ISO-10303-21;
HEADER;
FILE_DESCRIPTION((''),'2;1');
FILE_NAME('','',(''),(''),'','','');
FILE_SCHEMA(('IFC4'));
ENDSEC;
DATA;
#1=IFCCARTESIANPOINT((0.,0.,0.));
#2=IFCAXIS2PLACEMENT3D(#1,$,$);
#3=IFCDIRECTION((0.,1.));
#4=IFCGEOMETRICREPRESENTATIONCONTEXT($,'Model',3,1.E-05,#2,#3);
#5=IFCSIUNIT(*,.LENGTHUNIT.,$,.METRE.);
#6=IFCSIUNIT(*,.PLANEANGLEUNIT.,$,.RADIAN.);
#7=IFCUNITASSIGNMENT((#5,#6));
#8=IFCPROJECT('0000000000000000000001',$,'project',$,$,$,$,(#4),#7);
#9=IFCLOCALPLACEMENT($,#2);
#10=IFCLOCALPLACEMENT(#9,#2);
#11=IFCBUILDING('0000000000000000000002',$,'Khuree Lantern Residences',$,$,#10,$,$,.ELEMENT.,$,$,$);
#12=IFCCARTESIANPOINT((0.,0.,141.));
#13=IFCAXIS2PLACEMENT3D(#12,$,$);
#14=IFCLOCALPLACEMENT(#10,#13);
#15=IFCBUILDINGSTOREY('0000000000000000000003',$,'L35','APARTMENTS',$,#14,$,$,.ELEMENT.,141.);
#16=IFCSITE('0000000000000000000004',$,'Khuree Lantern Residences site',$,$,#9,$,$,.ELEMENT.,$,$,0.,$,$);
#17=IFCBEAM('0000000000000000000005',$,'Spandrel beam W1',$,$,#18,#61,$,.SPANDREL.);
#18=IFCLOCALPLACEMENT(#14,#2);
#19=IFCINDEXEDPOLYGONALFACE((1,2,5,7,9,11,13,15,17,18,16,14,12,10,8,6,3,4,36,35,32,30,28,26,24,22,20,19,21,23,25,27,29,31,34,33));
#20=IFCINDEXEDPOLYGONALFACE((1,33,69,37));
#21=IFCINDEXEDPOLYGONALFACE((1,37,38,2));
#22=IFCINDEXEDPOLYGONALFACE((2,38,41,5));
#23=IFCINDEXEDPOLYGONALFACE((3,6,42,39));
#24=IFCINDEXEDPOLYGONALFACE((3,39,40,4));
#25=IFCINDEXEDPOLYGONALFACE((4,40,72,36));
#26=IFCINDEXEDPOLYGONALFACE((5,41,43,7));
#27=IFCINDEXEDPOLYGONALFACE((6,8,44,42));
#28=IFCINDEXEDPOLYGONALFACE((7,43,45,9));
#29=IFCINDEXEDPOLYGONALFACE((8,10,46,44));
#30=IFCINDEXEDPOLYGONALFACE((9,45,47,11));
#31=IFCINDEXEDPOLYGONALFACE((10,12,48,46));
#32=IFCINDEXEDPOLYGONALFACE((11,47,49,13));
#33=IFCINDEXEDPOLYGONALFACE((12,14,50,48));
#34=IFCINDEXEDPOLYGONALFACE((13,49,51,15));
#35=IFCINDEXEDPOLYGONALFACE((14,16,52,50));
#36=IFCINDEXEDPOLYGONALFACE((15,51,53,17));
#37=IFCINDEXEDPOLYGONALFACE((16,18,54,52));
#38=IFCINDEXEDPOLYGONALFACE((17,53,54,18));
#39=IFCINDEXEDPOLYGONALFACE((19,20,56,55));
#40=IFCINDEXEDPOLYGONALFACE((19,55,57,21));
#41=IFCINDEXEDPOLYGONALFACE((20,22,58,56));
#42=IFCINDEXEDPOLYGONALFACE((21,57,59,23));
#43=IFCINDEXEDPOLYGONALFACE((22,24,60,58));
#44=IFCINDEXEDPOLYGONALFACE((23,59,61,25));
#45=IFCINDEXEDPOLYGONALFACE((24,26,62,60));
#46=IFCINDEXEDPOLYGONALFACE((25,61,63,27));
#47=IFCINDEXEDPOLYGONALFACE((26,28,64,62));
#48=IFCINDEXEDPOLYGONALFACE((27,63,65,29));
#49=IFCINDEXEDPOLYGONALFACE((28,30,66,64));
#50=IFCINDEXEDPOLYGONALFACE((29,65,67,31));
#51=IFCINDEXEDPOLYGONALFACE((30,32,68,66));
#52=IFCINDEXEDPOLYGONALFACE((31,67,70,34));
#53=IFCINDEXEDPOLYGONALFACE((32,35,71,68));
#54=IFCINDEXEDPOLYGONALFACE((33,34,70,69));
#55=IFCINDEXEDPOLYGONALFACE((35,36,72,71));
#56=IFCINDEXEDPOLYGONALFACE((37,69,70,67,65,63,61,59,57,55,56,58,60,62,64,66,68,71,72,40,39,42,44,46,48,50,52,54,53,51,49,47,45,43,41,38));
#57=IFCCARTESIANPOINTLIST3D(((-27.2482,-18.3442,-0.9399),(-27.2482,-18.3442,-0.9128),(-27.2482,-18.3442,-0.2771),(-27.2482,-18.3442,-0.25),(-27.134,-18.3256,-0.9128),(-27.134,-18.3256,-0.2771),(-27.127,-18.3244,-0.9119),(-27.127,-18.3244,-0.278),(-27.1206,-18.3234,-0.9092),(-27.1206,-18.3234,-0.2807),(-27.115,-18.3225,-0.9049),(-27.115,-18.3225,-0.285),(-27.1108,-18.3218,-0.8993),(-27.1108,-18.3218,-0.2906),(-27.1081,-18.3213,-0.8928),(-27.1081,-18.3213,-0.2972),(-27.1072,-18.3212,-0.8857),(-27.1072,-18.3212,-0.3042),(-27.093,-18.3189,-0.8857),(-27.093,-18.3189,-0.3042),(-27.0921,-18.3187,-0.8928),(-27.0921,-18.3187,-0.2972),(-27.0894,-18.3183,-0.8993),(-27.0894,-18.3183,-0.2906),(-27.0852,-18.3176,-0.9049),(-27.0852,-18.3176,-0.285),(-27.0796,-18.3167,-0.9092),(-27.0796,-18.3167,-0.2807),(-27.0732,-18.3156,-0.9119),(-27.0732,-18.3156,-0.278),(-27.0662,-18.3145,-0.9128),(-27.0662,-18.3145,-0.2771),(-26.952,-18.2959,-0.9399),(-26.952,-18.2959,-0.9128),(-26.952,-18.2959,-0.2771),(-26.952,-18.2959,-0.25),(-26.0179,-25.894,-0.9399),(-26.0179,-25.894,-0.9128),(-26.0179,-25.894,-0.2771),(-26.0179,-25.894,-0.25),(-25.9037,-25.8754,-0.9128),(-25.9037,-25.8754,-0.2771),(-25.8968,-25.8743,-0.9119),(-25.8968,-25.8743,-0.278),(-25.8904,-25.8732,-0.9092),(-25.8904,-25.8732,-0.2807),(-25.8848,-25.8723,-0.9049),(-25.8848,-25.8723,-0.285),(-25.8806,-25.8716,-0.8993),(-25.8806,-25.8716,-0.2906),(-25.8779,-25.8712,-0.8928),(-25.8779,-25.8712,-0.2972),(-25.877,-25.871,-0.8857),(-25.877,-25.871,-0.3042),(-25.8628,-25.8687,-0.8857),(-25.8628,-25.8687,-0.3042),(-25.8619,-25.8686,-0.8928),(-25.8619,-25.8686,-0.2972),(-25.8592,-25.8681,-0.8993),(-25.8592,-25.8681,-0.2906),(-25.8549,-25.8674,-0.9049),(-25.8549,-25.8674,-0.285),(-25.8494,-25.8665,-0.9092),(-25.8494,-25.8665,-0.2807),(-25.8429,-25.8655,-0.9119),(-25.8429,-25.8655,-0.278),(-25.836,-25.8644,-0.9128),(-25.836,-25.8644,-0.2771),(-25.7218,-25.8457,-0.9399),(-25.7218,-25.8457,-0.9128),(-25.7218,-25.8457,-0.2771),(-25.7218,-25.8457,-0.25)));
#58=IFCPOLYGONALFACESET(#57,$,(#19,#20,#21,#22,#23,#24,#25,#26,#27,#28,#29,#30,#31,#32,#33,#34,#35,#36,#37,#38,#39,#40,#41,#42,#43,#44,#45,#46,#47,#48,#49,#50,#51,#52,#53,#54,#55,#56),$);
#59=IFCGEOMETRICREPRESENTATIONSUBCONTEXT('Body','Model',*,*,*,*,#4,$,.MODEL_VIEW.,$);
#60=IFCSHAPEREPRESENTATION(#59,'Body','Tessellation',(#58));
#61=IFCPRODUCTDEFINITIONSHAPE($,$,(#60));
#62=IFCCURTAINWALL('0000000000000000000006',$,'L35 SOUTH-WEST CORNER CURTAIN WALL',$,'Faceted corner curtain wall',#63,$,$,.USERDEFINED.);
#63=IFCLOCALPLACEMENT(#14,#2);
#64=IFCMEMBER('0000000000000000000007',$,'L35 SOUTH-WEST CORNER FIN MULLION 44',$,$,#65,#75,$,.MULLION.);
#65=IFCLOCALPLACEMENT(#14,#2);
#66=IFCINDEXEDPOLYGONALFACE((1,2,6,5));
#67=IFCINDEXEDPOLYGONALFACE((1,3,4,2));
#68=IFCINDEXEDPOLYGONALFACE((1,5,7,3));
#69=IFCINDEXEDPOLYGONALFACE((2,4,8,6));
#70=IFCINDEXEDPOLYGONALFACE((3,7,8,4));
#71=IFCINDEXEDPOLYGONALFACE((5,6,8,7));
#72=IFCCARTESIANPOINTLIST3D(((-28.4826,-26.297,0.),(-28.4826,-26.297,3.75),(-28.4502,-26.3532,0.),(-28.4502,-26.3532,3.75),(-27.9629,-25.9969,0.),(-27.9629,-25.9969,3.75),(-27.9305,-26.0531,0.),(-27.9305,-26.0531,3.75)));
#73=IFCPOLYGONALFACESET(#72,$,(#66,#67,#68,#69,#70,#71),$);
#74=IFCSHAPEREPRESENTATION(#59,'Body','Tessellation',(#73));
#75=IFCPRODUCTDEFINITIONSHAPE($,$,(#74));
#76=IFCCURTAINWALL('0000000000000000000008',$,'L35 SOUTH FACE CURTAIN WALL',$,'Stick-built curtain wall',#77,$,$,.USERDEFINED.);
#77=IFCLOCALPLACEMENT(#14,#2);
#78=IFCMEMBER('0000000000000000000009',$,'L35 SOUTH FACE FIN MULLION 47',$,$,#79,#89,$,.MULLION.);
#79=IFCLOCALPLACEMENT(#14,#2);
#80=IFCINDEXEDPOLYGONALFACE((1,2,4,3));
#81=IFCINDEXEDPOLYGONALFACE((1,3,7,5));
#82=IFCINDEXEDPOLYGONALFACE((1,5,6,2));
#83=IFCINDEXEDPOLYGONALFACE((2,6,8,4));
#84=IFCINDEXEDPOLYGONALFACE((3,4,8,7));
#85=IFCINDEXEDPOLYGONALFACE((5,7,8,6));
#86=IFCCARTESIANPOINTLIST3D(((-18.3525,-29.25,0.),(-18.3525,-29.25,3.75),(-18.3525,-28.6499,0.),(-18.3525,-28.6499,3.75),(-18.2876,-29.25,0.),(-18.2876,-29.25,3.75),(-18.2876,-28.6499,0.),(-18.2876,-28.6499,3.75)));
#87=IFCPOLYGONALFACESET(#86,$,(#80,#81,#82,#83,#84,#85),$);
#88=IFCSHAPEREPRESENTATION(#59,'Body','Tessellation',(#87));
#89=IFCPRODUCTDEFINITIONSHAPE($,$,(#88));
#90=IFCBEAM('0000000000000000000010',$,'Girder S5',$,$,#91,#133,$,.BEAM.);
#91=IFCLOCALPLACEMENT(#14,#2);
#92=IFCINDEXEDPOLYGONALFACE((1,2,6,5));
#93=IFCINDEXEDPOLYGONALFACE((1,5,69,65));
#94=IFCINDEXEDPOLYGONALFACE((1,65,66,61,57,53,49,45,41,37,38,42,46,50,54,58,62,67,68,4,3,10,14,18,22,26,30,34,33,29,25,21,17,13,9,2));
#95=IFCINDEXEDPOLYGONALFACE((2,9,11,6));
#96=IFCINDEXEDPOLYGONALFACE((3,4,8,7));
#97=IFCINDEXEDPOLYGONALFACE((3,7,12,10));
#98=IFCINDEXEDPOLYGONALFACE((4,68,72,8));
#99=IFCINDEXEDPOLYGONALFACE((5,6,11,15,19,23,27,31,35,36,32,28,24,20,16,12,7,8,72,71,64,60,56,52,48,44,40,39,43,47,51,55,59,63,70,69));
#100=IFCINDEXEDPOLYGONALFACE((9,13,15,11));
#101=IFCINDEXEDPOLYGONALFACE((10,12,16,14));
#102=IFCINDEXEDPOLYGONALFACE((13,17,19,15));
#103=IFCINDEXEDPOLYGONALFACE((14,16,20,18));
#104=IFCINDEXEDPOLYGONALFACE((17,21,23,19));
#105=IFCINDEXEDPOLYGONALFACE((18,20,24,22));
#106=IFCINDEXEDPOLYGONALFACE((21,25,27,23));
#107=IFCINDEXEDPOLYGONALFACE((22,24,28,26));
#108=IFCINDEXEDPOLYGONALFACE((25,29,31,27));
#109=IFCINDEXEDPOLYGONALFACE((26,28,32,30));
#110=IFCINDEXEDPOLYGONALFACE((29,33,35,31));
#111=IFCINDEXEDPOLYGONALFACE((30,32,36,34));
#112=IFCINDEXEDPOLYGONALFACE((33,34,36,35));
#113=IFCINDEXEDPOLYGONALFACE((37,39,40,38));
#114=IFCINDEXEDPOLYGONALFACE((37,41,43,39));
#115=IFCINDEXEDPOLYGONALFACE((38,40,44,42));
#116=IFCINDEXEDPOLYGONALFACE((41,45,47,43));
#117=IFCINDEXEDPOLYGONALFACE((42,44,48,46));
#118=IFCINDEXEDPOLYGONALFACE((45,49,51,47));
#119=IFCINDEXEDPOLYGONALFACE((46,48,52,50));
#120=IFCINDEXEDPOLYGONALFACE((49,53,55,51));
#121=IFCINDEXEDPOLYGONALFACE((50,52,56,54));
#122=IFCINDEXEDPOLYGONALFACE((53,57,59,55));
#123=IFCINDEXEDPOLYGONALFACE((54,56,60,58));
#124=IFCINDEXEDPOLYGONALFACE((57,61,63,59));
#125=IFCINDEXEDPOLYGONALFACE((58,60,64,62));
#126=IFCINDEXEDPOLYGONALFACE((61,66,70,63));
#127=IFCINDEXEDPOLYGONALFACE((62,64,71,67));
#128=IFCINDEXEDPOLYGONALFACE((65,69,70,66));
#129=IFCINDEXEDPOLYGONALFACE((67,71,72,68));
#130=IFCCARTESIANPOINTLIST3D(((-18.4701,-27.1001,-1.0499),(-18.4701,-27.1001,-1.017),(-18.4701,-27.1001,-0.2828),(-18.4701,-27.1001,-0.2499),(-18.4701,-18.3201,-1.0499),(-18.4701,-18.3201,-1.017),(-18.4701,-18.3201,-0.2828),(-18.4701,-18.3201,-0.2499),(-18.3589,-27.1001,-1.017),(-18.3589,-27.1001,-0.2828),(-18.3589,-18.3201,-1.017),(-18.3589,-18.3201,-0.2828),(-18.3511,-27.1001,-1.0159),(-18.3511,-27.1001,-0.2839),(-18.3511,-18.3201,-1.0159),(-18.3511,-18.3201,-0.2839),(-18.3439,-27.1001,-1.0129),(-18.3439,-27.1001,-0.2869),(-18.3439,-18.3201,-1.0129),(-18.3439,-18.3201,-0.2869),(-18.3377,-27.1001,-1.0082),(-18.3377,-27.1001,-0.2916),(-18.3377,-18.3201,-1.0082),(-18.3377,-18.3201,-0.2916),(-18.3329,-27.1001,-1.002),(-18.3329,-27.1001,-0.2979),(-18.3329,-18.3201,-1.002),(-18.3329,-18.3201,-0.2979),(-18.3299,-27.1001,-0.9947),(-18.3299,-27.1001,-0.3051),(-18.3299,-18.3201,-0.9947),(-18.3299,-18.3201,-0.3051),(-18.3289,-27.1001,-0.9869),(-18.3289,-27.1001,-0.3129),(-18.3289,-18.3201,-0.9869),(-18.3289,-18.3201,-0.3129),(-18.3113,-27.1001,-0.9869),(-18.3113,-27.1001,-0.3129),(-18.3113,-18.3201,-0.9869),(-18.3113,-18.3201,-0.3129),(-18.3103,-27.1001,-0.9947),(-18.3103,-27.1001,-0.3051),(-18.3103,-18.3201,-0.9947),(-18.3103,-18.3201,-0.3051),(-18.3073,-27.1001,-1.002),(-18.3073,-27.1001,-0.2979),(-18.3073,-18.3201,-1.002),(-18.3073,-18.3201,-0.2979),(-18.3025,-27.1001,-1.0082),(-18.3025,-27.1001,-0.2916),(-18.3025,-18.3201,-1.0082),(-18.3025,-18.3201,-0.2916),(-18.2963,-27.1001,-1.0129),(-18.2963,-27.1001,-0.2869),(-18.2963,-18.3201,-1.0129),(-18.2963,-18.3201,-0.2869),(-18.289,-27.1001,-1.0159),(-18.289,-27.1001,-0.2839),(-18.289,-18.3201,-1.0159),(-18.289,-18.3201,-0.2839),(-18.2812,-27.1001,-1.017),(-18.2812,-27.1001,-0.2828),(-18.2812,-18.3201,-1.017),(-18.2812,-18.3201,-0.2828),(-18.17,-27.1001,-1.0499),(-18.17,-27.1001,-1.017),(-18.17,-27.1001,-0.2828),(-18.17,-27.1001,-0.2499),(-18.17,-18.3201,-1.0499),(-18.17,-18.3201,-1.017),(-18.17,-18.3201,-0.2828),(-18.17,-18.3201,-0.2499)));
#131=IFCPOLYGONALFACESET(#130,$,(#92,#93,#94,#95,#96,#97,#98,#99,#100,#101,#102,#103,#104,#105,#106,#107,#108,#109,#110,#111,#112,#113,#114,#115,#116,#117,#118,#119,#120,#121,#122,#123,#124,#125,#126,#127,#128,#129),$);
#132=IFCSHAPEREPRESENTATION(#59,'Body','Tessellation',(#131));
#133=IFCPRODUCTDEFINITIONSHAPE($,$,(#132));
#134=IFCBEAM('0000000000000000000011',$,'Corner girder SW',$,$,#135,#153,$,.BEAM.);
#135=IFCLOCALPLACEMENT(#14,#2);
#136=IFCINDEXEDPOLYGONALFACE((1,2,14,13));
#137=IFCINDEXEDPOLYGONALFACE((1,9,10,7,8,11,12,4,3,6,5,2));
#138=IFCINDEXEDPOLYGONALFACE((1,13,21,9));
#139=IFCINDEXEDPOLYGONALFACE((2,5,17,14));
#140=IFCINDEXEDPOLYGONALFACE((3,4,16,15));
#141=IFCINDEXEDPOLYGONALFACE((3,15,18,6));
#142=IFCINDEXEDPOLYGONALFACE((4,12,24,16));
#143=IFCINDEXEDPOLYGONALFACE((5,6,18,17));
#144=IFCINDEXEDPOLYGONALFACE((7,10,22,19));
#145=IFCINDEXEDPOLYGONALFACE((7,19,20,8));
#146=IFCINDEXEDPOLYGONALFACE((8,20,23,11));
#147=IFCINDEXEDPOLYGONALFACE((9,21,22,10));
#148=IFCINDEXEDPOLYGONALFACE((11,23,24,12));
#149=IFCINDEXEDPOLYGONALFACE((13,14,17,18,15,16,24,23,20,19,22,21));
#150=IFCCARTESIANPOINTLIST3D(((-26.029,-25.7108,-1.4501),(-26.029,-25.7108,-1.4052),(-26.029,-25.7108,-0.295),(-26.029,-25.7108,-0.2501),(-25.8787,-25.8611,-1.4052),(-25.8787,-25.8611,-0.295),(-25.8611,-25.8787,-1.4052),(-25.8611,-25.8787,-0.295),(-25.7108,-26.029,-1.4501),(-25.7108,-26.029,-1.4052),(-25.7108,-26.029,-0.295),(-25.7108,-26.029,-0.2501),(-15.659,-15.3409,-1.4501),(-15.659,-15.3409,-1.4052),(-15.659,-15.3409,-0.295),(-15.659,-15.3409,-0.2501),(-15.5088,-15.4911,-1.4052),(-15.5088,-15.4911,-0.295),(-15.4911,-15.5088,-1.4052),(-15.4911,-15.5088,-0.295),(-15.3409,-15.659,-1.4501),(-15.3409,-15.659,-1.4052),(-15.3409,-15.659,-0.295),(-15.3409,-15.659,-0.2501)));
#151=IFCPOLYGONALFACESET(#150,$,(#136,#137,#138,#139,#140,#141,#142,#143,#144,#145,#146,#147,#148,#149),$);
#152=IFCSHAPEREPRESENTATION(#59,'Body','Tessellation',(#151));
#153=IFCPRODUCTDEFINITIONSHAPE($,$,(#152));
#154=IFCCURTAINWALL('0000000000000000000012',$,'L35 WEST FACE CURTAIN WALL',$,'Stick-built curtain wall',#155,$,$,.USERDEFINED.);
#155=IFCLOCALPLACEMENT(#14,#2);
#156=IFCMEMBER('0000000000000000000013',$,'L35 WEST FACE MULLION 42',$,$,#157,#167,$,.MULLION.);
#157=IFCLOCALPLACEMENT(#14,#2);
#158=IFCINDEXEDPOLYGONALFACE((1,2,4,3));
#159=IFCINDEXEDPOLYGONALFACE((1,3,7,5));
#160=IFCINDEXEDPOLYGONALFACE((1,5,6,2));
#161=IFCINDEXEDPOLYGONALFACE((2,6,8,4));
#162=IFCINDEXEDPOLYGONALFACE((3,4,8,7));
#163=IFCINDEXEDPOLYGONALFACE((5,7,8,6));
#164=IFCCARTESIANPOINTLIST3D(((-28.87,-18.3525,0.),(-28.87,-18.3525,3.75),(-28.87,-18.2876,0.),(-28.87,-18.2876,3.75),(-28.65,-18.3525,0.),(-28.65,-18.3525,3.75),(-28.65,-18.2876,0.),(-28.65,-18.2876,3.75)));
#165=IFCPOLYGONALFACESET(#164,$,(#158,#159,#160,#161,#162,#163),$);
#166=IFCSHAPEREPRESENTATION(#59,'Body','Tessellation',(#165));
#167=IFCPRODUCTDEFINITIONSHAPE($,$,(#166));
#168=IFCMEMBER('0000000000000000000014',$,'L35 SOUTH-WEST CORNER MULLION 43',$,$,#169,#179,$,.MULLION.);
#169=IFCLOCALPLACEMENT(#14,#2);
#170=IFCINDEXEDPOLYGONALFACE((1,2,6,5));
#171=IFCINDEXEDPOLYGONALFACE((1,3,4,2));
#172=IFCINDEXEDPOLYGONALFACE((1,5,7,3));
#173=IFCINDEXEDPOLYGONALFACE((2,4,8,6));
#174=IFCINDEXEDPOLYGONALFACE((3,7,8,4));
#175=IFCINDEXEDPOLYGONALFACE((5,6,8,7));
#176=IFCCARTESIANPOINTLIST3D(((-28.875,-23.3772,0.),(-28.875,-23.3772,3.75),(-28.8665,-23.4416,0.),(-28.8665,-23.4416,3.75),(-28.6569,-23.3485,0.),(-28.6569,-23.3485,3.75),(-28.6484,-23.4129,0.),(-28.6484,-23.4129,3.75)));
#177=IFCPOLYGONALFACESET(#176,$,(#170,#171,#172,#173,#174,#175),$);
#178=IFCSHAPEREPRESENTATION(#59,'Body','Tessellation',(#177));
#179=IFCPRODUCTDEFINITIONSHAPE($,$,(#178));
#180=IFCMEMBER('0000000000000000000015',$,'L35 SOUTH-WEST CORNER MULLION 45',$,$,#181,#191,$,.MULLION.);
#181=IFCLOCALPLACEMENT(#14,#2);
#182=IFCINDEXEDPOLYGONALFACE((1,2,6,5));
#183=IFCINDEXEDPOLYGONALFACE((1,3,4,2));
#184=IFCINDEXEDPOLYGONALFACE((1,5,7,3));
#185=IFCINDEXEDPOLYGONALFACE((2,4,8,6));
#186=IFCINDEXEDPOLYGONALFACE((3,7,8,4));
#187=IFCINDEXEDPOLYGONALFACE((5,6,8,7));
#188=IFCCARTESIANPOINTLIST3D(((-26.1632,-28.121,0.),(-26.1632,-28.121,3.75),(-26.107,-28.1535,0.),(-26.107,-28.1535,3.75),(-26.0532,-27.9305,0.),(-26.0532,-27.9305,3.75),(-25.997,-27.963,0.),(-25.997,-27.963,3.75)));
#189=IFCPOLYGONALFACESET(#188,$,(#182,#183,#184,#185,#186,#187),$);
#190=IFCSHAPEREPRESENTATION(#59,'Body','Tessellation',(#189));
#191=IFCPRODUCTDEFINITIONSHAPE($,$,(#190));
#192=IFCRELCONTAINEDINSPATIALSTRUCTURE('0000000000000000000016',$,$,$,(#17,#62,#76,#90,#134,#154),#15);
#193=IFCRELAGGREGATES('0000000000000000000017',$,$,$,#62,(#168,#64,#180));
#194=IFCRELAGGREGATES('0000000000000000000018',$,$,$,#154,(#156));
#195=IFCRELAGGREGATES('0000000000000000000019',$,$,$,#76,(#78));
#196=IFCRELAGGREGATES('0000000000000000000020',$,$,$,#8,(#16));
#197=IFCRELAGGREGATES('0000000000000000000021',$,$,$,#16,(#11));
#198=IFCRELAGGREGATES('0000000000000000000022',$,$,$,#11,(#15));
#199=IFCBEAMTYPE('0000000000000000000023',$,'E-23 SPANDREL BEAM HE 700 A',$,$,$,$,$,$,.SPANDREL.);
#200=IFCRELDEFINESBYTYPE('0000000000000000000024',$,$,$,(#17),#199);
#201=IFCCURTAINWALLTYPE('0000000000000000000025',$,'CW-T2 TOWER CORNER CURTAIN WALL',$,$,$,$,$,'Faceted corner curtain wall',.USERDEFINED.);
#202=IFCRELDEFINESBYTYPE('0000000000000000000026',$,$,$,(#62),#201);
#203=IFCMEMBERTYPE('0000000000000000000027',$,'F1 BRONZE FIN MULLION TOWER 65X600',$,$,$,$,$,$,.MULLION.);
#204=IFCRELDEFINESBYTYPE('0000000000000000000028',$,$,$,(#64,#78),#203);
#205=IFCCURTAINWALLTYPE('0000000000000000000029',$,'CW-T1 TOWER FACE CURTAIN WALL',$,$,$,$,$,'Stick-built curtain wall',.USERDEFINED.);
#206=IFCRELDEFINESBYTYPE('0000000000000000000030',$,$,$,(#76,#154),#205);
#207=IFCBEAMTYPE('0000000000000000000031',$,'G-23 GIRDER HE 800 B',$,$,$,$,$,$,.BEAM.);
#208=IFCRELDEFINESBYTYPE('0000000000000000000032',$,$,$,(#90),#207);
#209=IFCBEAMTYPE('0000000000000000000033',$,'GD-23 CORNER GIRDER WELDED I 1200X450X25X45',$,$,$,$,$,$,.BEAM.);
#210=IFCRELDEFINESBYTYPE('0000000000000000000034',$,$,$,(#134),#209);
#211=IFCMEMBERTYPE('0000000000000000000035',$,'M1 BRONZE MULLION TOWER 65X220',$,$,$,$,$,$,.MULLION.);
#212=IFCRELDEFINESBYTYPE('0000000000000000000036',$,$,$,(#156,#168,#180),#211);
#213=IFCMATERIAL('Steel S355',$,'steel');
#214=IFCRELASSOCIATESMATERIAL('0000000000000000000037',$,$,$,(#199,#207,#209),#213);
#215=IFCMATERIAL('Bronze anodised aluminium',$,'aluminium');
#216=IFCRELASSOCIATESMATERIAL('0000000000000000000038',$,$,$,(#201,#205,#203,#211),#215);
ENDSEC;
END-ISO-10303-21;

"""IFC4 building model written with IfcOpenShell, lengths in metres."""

from ifc_helpers import new_model, si_unit, direction, frame, origin, origin_2d, place, context, subcontext, project, spatial, rectangle, i_section, extrude, material, material_profile, profile_set, type_object, element, aggregate, save


model = new_model("IFC4")

# Units and contexts
model_context = context("Model", 3, precision=1e-05, world=origin(), true_north=direction((0.0, 1.0)))
body_context = subcontext(model_context, "Body", "Model", "MODEL_VIEW")
ifc_project = project(units=[si_unit("LENGTHUNIT", "METRE"), si_unit("PLANEANGLEUNIT", "RADIAN")], contexts=[model_context])

# Site, building, storey
site_placement = place(None, origin())
site = spatial("IfcSite", under=ifc_project, at=site_placement, Name="Khuree Lantern Residences site", CompositionType="ELEMENT", RefElevation=0.0)
building_placement = place(site_placement, origin())
building = spatial("IfcBuilding", under=site, at=building_placement, Name="Khuree Lantern Residences", CompositionType="ELEMENT")
storey_placement = place(building_placement, frame((0.0, 0.0, 141.0)))
storey = spatial("IfcBuildingStorey", under=building, at=storey_placement, Name="L35", Description="APARTMENTS", CompositionType="ELEMENT", Elevation=141.0)

# Beam
ifc_material_1 = material(Name="Steel S355", Category="steel")
ifc_material_profile_1 = material_profile(ifc_material_1, i_section(OverallWidth=0.3, OverallDepth=0.6899, WebThickness=0.0144, FlangeThickness=0.0271, FilletRadius=0.0271, at=origin_2d()), Name="HE 700 A")
ifc_profile_set_1 = profile_set([ifc_material_profile_1], Name="Steel S355")
beam_type_1 = type_object("IfcBeamType", Name="E-23 SPANDREL BEAM HE 700 A", PredefinedType="SPANDREL", material=ifc_profile_set_1)
for number, where, z_axis, x_axis, name in (
    (1, (-25.8699, -25.8699, -0.595), (-0.160827, 0.986983, 0.0), (-0.986983, -0.160827, 0.0), "Spandrel beam W1"),
):
    element("IfcBeam", number, at=place(storey_placement, frame(where, z_axis=z_axis, x_axis=x_axis)), inside=storey, type_object=beam_type_1, Name=name, PredefinedType="SPANDREL", context=body_context, shape_type="SweptSolid", body=[
        extrude(i_section(OverallWidth=0.3, OverallDepth=0.6899, WebThickness=0.0144, FlangeThickness=0.0271, FilletRadius=0.0271, at=origin_2d()), origin(), (0.0, 0.0, 1.0), 7.6494),
    ])

# Curtain walls, members
ifc_material_2 = material(Name="Bronze anodised aluminium", Category="aluminium")
curtain_wall_type_1 = type_object("IfcCurtainWallType", Name="CW-T2 TOWER CORNER CURTAIN WALL", ElementType="Faceted corner curtain wall", PredefinedType="USERDEFINED", material=ifc_material_2)
curtain_wall_1_placement = place(storey_placement, origin())
curtain_wall_1 = element("IfcCurtainWall", 2, at=curtain_wall_1_placement, inside=storey, type_object=curtain_wall_type_1, Name="L35 SOUTH-WEST CORNER CURTAIN WALL", ObjectType="Faceted corner curtain wall", PredefinedType="USERDEFINED")
ifc_material_profile_2 = material_profile(ifc_material_2, rectangle(XDim=0.0649, YDim=0.6001, at=origin_2d()), Name="F1 65X600")
ifc_profile_set_2 = profile_set([ifc_material_profile_2], Name="Bronze anodised aluminium")
member_type_1 = type_object("IfcMemberType", Name="F1 BRONZE FIN MULLION TOWER 65X600", PredefinedType="MULLION", material=ifc_profile_set_2)
member_1_placement = place(storey_placement, frame((-28.2065, -26.175, 0.0), z_axis=(0.0, 0.0, 1.0), x_axis=(0.5, -0.866025, 0.0)))
member_1 = element("IfcMember", 3, at=member_1_placement, type_object=member_type_1, Name="L35 SOUTH-WEST CORNER FIN MULLION 44", PredefinedType="MULLION", context=body_context, shape_type="SweptSolid", body=[
    extrude(rectangle(XDim=0.0649, YDim=0.6001, at=origin_2d()), origin(), (0.0, 0.0, 1.0), 3.75),
])
curtain_wall_type_2 = type_object("IfcCurtainWallType", Name="CW-T1 TOWER FACE CURTAIN WALL", ElementType="Stick-built curtain wall", PredefinedType="USERDEFINED", material=ifc_material_2)
curtain_wall_2_placement = place(storey_placement, origin())
curtain_wall_2 = element("IfcCurtainWall", 4, at=curtain_wall_2_placement, inside=storey, type_object=curtain_wall_type_2, Name="L35 SOUTH FACE CURTAIN WALL", ObjectType="Stick-built curtain wall", PredefinedType="USERDEFINED")
member_2_placement = place(storey_placement, frame((-18.3201, -28.95, 0.0), z_axis=(0.0, 0.0, 1.0), x_axis=(1.0, 0.0, 0.0)))
member_2 = element("IfcMember", 5, at=member_2_placement, type_object=member_type_1, Name="L35 SOUTH FACE FIN MULLION 47", PredefinedType="MULLION", context=body_context, shape_type="SweptSolid", body=[
    extrude(rectangle(XDim=0.0649, YDim=0.6001, at=origin_2d()), origin(), (0.0, 0.0, 1.0), 3.75),
])

# Beams
ifc_material_profile_3 = material_profile(ifc_material_1, i_section(OverallWidth=0.3, OverallDepth=0.8, WebThickness=0.0176, FlangeThickness=0.033, FilletRadius=0.03, at=origin_2d()), Name="HE 800 B")
ifc_profile_set_3 = profile_set([ifc_material_profile_3], Name="Steel S355")
beam_type_2 = type_object("IfcBeamType", Name="G-23 GIRDER HE 800 B", PredefinedType="BEAM", material=ifc_profile_set_3)
beam_1_placement = place(storey_placement, frame((-18.3201, -27.1001, -0.6499), z_axis=(0.0, 1.0, 0.0), x_axis=(-1.0, 0.0, 0.0)))
element("IfcBeam", 6, at=beam_1_placement, inside=storey, type_object=beam_type_2, Name="Girder S5", PredefinedType="BEAM", context=body_context, shape_type="SweptSolid", body=[
    extrude(i_section(OverallWidth=0.3, OverallDepth=0.8, WebThickness=0.0176, FlangeThickness=0.033, FilletRadius=0.03, at=origin_2d()), origin(), (0.0, 0.0, 1.0), 8.78),
])
ifc_material_profile_4 = material_profile(ifc_material_1, i_section(OverallWidth=0.45, OverallDepth=1.2, WebThickness=0.0249, FlangeThickness=0.0449, at=origin_2d()), Name="WELDED I 1200X450X25X45")
ifc_profile_set_4 = profile_set([ifc_material_profile_4], Name="Steel S355")
beam_type_3 = type_object("IfcBeamType", Name="GD-23 CORNER GIRDER WELDED I 1200X450X25X45", PredefinedType="BEAM", material=ifc_profile_set_4)
beam_2_placement = place(storey_placement, frame((-25.8699, -25.8699, -0.8501), z_axis=(0.707107, 0.707107, 0.0), x_axis=(-0.707107, 0.707107, 0.0)))
element("IfcBeam", 7, at=beam_2_placement, inside=storey, type_object=beam_type_3, Name="Corner girder SW", PredefinedType="BEAM", context=body_context, shape_type="SweptSolid", body=[
    extrude(i_section(OverallWidth=0.45, OverallDepth=1.2, WebThickness=0.0249, FlangeThickness=0.0449, at=origin_2d()), origin(), (0.0, 0.0, 1.0), 14.6653),
])

# Curtain wall, member
curtain_wall_3_placement = place(storey_placement, origin())
curtain_wall_3 = element("IfcCurtainWall", 8, at=curtain_wall_3_placement, inside=storey, type_object=curtain_wall_type_2, Name="L35 WEST FACE CURTAIN WALL", ObjectType="Stick-built curtain wall", PredefinedType="USERDEFINED")
ifc_material_profile_5 = material_profile(ifc_material_2, rectangle(XDim=0.0649, YDim=0.22, at=origin_2d()), Name="M1 65X220")
ifc_profile_set_5 = profile_set([ifc_material_profile_5], Name="Bronze anodised aluminium")
member_type_2 = type_object("IfcMemberType", Name="M1 BRONZE MULLION TOWER 65X220", PredefinedType="MULLION", material=ifc_profile_set_5)
member_3_placement = place(storey_placement, frame((-28.76, -18.3201, 0.0), z_axis=(0.0, 0.0, 1.0), x_axis=(0.0, -1.0, 0.0)))
member_3 = element("IfcMember", 9, at=member_3_placement, type_object=member_type_2, Name="L35 WEST FACE MULLION 42", PredefinedType="MULLION", context=body_context, shape_type="SweptSolid", body=[
    extrude(rectangle(XDim=0.0649, YDim=0.22, at=origin_2d()), origin(), (0.0, 0.0, 1.0), 3.75),
])

# Members
member_4_placement = place(storey_placement, frame((-28.7617, -23.395, 0.0), z_axis=(0.0, 0.0, 1.0), x_axis=(0.130526, -0.991445, 0.0)))
member_4 = element("IfcMember", 10, at=member_4_placement, type_object=member_type_2, Name="L35 SOUTH-WEST CORNER MULLION 43", PredefinedType="MULLION", context=body_context, shape_type="SweptSolid", body=[
    extrude(rectangle(XDim=0.0649, YDim=0.22, at=origin_2d()), origin(), (0.0, 0.0, 1.0), 3.75),
])
member_5_placement = place(storey_placement, frame((-26.0801, -28.042, 0.0), z_axis=(0.0, 0.0, 1.0), x_axis=(0.866025, -0.5, 0.0)))
member_5 = element("IfcMember", 11, at=member_5_placement, type_object=member_type_2, Name="L35 SOUTH-WEST CORNER MULLION 45", PredefinedType="MULLION", context=body_context, shape_type="SweptSolid", body=[
    extrude(rectangle(XDim=0.0649, YDim=0.22, at=origin_2d()), origin(), (0.0, 0.0, 1.0), 3.75),
])

aggregate(curtain_wall_1, [member_4, member_1, member_5])
aggregate(curtain_wall_3, [member_3])
aggregate(curtain_wall_2, [member_2])

save(model, "model.ifc")
